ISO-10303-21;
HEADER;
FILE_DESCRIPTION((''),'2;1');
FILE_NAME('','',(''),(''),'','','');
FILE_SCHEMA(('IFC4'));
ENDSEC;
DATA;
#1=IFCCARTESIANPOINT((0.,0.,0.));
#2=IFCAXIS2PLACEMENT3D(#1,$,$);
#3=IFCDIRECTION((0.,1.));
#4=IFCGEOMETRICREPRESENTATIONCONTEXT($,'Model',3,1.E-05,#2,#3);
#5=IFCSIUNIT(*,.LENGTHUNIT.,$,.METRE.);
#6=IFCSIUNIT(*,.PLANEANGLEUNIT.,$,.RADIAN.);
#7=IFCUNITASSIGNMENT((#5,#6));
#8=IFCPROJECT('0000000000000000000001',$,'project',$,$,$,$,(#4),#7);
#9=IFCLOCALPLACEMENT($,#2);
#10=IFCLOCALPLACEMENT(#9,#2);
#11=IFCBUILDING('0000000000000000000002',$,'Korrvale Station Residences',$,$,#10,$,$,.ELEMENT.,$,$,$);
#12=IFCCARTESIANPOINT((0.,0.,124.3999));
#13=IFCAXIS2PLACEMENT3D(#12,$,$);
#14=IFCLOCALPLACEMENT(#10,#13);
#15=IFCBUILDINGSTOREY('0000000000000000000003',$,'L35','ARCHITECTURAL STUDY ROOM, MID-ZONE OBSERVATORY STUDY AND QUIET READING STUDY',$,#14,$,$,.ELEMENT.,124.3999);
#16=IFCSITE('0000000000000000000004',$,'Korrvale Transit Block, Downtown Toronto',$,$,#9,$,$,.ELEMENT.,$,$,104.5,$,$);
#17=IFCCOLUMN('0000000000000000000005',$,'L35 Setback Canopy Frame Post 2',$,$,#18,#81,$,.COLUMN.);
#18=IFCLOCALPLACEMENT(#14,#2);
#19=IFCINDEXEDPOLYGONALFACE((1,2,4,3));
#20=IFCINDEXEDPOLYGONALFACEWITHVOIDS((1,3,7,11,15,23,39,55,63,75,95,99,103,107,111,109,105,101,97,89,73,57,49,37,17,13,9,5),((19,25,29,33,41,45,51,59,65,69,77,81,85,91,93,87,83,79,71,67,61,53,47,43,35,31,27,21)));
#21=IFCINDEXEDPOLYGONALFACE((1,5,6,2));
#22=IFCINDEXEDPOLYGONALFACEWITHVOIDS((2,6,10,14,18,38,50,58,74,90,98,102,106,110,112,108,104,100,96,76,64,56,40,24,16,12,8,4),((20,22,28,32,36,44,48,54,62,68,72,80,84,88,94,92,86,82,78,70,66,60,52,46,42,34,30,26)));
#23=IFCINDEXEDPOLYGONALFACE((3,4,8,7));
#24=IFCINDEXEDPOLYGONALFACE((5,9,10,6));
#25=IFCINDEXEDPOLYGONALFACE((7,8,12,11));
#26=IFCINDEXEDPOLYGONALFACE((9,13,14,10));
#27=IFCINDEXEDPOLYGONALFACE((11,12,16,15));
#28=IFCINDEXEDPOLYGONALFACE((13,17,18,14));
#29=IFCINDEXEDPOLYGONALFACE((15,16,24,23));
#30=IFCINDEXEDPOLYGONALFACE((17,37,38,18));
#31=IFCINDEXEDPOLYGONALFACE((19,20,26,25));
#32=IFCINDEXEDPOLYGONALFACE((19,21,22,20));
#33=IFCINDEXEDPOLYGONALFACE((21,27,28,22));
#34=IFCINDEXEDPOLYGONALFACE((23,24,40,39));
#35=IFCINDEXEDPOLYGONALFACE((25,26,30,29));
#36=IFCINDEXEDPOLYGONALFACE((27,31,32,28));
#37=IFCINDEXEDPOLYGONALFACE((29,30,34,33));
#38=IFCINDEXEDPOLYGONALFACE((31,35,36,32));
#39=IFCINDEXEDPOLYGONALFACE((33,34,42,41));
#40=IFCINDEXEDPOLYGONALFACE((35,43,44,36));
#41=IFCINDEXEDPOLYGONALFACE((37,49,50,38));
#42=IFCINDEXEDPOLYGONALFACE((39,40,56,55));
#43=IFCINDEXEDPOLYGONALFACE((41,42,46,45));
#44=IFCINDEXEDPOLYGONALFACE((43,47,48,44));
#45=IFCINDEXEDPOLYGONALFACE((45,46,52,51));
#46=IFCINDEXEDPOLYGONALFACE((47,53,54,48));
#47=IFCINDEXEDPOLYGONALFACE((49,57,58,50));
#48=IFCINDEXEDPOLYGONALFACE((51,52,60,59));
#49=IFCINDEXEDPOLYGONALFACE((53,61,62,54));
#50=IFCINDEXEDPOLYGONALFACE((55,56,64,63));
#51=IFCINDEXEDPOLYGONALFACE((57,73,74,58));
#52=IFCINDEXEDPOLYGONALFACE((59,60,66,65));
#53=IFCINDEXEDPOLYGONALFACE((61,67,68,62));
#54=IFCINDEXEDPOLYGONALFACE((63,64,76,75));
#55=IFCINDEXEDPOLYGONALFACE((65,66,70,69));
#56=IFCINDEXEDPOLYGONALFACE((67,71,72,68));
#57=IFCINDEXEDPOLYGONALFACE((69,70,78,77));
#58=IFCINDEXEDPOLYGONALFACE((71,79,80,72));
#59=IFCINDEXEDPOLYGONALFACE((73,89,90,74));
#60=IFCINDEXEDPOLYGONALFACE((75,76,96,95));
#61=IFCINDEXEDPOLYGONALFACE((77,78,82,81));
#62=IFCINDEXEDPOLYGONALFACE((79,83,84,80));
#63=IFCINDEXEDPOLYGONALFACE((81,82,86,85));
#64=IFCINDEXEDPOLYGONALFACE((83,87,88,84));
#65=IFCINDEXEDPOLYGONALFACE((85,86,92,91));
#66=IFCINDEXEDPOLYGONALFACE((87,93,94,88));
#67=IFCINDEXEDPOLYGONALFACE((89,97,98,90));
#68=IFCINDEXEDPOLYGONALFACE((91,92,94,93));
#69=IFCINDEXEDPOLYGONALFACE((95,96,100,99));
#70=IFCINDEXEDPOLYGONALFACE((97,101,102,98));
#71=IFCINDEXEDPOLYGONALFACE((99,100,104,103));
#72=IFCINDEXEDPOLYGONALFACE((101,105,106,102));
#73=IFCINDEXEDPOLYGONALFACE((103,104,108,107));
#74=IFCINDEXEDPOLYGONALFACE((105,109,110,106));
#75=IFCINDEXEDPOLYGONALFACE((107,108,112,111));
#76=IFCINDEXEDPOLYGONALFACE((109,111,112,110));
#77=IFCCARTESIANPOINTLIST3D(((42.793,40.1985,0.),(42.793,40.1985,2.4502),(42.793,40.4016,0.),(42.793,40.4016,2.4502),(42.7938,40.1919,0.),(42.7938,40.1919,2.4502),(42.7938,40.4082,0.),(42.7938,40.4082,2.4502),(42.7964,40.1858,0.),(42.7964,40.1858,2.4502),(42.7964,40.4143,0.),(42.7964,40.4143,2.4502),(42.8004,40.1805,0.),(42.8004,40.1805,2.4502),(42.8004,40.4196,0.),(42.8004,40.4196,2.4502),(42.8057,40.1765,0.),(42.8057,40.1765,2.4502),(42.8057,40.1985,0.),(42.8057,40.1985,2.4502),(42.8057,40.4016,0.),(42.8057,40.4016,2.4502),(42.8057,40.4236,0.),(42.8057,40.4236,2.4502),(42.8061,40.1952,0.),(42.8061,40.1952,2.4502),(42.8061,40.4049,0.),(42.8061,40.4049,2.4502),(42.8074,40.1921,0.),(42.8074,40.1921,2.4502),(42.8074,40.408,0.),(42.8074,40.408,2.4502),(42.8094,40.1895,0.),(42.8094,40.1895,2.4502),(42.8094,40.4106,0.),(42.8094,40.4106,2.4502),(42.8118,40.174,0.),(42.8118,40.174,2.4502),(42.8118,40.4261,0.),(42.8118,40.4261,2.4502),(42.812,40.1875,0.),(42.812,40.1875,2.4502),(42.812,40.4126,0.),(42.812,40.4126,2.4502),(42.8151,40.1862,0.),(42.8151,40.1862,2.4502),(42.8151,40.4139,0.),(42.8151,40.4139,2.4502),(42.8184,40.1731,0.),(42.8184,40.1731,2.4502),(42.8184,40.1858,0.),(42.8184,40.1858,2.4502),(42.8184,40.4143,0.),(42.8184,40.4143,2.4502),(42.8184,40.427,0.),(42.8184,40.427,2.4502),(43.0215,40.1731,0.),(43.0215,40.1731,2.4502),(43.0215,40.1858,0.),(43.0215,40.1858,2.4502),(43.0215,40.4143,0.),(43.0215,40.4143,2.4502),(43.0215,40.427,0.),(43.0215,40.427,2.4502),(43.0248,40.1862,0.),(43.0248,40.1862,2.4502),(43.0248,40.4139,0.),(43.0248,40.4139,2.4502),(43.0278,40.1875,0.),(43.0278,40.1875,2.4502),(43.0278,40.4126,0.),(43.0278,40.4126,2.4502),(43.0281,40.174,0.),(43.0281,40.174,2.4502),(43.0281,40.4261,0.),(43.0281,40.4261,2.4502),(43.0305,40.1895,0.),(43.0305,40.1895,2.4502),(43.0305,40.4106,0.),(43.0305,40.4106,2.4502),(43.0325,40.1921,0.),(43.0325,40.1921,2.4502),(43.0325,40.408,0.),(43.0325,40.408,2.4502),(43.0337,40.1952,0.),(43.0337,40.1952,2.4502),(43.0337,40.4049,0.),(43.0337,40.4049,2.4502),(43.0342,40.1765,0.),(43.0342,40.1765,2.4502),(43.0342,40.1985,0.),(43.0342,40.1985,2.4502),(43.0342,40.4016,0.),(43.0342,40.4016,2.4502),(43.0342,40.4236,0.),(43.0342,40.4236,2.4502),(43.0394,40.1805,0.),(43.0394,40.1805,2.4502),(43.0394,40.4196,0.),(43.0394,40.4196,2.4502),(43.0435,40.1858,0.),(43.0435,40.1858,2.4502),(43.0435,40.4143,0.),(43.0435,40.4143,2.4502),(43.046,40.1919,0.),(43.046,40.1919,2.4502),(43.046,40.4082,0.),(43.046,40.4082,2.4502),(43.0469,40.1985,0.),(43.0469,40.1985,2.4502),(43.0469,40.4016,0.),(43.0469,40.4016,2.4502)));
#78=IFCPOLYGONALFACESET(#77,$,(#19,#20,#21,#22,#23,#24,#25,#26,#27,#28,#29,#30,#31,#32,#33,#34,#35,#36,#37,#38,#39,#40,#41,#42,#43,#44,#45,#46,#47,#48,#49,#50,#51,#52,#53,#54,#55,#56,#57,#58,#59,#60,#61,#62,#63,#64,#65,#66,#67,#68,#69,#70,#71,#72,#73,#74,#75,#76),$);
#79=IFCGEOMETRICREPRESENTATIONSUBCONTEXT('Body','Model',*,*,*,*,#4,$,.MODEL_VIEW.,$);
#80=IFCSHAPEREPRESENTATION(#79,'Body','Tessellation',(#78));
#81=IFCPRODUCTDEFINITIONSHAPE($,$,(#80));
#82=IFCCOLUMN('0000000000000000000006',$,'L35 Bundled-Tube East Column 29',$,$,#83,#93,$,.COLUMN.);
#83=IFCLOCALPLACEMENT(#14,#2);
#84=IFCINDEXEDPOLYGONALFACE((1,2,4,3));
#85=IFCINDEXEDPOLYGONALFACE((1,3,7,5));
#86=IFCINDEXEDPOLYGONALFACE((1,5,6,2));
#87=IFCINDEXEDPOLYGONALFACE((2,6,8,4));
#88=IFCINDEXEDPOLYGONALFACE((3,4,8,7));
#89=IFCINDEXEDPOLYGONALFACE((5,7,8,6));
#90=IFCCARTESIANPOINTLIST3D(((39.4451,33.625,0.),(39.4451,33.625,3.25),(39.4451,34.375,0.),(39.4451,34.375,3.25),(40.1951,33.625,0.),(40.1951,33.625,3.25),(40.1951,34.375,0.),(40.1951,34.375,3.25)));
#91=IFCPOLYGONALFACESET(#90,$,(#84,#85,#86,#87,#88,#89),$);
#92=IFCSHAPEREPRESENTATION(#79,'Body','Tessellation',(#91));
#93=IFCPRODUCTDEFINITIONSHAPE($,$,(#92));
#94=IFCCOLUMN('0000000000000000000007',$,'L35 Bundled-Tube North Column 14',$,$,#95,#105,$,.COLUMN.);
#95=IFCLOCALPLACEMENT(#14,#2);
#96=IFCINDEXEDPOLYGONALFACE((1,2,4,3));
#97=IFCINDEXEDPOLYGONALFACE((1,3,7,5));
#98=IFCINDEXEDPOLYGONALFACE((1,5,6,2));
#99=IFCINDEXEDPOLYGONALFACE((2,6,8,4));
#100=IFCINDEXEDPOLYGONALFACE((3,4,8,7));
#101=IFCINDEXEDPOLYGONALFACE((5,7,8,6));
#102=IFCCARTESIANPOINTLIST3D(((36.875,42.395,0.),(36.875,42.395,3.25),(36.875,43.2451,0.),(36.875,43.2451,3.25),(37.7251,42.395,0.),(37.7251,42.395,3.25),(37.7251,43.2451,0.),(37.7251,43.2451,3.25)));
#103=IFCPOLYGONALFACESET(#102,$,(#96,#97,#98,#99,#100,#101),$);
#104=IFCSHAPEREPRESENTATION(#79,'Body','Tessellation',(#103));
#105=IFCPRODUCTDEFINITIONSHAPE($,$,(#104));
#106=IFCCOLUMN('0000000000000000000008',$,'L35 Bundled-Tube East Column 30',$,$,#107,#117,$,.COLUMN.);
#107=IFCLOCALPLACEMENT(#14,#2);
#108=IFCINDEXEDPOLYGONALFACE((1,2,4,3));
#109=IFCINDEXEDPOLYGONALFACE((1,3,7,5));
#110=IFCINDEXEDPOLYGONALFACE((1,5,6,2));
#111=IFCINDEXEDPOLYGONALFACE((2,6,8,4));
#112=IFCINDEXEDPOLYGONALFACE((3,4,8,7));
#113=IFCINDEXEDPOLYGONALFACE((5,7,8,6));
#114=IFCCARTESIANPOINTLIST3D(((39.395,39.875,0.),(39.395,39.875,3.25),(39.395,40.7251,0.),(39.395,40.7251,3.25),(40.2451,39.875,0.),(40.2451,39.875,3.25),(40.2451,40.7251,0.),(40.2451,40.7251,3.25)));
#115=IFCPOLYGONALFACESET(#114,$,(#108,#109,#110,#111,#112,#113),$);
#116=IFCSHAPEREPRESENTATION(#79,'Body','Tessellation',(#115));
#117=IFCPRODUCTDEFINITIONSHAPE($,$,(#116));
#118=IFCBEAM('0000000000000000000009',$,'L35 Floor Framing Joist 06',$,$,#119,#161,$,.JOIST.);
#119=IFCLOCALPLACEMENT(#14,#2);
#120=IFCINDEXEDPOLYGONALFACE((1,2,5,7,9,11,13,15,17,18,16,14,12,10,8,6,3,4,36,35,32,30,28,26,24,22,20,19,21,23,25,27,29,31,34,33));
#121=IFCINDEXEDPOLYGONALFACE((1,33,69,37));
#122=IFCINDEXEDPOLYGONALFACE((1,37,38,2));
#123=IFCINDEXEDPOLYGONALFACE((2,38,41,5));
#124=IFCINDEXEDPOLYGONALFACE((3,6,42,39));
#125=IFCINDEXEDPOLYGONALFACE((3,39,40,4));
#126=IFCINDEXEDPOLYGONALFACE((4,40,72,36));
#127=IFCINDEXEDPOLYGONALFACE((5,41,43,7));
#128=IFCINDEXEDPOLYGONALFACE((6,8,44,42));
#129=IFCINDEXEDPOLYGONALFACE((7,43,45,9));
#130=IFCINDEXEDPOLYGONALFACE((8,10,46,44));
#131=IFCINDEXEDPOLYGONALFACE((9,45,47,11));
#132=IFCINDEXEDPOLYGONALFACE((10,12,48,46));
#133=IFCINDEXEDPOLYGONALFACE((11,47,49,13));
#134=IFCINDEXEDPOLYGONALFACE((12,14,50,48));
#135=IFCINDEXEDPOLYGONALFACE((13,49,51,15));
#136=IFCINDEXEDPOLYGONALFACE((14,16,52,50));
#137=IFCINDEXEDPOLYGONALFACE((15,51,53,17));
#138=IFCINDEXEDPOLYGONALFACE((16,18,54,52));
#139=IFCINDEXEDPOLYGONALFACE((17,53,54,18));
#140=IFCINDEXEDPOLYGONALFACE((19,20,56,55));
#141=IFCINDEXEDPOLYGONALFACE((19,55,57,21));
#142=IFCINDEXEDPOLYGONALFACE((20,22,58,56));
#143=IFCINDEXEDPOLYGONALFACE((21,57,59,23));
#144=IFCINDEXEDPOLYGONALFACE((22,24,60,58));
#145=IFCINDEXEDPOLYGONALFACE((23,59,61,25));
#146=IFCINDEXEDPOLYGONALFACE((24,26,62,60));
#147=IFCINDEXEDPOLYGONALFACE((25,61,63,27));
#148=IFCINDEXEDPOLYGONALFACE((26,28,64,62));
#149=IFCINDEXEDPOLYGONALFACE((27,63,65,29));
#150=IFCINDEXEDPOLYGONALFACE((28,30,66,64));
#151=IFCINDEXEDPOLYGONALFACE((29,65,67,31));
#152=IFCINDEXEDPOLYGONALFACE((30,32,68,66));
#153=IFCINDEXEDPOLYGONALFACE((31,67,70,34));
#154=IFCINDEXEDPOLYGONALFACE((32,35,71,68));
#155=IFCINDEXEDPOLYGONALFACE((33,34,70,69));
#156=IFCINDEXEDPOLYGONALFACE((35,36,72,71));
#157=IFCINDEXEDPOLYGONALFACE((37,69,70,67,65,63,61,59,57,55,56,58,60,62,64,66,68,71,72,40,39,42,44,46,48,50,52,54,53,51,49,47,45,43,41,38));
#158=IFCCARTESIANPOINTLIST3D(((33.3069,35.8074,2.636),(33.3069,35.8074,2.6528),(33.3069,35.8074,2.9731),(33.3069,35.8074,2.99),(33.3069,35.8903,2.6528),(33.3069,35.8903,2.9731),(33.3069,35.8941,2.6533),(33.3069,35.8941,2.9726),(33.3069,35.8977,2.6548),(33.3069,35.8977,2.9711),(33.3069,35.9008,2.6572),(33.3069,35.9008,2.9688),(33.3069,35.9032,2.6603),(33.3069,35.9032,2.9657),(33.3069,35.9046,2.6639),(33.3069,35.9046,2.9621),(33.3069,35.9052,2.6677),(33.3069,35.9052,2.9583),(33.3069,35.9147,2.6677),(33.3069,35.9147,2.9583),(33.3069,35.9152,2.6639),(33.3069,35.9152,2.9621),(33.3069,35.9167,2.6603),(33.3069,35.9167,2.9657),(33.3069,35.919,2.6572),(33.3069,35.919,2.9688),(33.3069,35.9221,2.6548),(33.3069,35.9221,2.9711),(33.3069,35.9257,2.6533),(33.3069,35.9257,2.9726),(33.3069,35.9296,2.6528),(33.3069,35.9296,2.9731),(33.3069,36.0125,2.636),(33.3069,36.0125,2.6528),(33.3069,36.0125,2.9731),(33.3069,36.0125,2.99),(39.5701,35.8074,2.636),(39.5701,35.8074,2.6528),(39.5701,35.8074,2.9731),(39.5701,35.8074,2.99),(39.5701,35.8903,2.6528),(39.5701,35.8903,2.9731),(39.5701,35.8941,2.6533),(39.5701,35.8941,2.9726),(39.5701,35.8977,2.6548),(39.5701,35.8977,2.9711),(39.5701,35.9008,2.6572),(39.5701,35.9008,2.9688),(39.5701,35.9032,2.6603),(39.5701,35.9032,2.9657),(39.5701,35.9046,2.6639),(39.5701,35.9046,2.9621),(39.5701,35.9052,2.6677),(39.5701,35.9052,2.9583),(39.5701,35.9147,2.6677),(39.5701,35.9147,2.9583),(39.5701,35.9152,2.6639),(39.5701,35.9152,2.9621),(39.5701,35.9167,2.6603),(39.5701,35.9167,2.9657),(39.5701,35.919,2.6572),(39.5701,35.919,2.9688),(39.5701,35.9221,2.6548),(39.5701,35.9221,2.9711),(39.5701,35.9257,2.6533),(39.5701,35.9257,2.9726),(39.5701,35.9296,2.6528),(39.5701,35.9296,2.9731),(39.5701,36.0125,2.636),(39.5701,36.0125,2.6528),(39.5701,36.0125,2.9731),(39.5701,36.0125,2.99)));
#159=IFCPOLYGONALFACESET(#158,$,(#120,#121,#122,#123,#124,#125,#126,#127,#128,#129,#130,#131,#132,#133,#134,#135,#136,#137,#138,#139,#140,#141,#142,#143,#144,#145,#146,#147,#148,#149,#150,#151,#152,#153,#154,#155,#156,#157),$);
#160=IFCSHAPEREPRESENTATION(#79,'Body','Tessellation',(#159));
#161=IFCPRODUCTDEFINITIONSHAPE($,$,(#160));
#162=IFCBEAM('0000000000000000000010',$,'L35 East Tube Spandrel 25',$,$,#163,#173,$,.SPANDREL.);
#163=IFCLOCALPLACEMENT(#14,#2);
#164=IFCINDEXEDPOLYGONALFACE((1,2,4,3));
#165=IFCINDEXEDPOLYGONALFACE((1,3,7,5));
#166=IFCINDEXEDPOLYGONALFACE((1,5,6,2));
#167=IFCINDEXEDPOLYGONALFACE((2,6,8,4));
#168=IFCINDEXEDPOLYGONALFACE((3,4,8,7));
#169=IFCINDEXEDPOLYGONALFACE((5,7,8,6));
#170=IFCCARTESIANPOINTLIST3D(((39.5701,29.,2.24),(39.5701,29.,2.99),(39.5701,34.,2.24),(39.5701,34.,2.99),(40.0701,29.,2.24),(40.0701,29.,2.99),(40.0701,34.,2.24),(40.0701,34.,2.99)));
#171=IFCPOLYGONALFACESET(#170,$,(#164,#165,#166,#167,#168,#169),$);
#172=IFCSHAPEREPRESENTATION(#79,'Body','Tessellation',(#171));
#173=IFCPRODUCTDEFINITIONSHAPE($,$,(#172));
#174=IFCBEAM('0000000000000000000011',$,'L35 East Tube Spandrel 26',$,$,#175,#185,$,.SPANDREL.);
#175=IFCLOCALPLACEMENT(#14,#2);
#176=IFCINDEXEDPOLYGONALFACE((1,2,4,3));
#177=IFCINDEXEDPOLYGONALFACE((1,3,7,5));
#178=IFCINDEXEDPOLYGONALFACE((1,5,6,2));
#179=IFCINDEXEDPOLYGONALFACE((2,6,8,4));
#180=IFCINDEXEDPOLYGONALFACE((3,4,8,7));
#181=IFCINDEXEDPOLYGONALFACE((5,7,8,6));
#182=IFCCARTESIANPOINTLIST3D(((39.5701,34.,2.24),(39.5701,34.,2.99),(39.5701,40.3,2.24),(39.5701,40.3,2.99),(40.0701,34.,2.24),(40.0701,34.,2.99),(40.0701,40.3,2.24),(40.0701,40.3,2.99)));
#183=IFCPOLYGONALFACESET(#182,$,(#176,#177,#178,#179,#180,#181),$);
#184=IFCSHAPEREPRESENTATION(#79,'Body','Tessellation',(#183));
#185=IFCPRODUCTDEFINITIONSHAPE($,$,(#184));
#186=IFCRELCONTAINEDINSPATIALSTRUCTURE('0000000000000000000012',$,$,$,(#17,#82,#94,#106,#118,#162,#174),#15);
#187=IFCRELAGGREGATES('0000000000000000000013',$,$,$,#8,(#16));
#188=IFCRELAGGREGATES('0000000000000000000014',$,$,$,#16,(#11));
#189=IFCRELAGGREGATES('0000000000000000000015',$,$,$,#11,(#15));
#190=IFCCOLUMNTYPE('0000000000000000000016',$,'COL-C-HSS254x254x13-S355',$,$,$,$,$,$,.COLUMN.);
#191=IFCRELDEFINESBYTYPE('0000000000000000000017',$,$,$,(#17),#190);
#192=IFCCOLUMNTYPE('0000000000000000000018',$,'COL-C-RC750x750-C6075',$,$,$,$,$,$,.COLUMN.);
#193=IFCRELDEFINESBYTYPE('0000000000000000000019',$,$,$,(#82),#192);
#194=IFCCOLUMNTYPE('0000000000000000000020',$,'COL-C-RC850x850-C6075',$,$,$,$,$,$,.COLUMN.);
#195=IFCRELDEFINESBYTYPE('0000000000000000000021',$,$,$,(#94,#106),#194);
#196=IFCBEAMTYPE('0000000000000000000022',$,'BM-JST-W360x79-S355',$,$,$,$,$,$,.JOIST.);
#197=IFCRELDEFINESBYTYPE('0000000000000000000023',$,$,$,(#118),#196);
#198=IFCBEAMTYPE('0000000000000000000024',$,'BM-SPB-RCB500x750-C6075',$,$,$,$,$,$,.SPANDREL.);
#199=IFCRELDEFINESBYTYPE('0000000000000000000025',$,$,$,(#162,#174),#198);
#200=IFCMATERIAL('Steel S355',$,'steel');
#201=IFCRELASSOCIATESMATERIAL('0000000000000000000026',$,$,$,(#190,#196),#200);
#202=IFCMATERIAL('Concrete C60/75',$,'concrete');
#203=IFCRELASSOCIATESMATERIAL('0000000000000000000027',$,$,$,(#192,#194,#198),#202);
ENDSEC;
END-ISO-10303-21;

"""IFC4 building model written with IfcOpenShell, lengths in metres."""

from ifc_helpers import new_model, si_unit, direction, frame, origin, origin_2d, place, context, subcontext, project, spatial, rectangle, hollow_rectangle, i_section, extrude, material, material_profile, profile_set, type_object, element, save


model = new_model("IFC4")

# Units and contexts
model_context = context("Model", 3, precision=1e-05, world=origin(), true_north=direction((0.0, 1.0)))
body_context = subcontext(model_context, "Body", "Model", "MODEL_VIEW")
ifc_project = project(units=[si_unit("LENGTHUNIT", "METRE"), si_unit("PLANEANGLEUNIT", "RADIAN")], contexts=[model_context])

# Site, building, storey
site_placement = place(None, origin())
site = spatial("IfcSite", under=ifc_project, at=site_placement, Name="Korrvale Transit Block, Downtown Toronto", CompositionType="ELEMENT", RefElevation=104.5)
building_placement = place(site_placement, origin())
building = spatial("IfcBuilding", under=site, at=building_placement, Name="Korrvale Station Residences", CompositionType="ELEMENT")
storey_placement = place(building_placement, frame((0.0, 0.0, 124.3999)))
storey = spatial("IfcBuildingStorey", under=building, at=storey_placement, Name="L35", Description="ARCHITECTURAL STUDY ROOM, MID-ZONE OBSERVATORY STUDY AND QUIET READING STUDY", CompositionType="ELEMENT", Elevation=124.3999)

# Columns
ifc_material_1 = material(Name="Steel S355", Category="steel")
ifc_material_profile_1 = material_profile(ifc_material_1, hollow_rectangle(XDim=0.2539, YDim=0.2539, WallThickness=0.0127, InnerFilletRadius=0.0127, OuterFilletRadius=0.0254, at=origin_2d()), Name="HSS254x254x13")
ifc_profile_set_1 = profile_set([ifc_material_profile_1], Name="Steel S355")
column_type_1 = type_object("IfcColumnType", Name="COL-C-HSS254x254x13-S355", PredefinedType="COLUMN", material=ifc_profile_set_1)
column_1_placement = place(storey_placement, frame((42.9199, 40.3, 0.0), z_axis=(0.0, 0.0, 1.0), x_axis=(1.0, 0.0, 0.0)))
element("IfcColumn", 1, at=column_1_placement, inside=storey, type_object=column_type_1, Name="L35 Setback Canopy Frame Post 2", PredefinedType="COLUMN", context=body_context, shape_type="SweptSolid", body=[
    extrude(hollow_rectangle(XDim=0.2539, YDim=0.2539, WallThickness=0.0127, InnerFilletRadius=0.0127, OuterFilletRadius=0.0254, at=origin_2d()), origin(), (0.0, 0.0, 1.0), 2.4502),
])
ifc_material_2 = material(Name="Concrete C60/75", Category="concrete")
ifc_material_profile_2 = material_profile(ifc_material_2, rectangle(XDim=0.75, YDim=0.75, at=origin_2d()), Name="RC750x750")
ifc_profile_set_2 = profile_set([ifc_material_profile_2], Name="Concrete C60/75")
column_type_2 = type_object("IfcColumnType", Name="COL-C-RC750x750-C6075", PredefinedType="COLUMN", material=ifc_profile_set_2)
column_2_placement = place(storey_placement, frame((39.8201, 34.0, 0.0), z_axis=(0.0, 0.0, 1.0), x_axis=(1.0, 0.0, 0.0)))
element("IfcColumn", 2, at=column_2_placement, inside=storey, type_object=column_type_2, Name="L35 Bundled-Tube East Column 29", PredefinedType="COLUMN", context=body_context, shape_type="SweptSolid", body=[
    extrude(rectangle(XDim=0.75, YDim=0.75, at=origin_2d()), origin(), (0.0, 0.0, 1.0), 3.25),
])
ifc_material_profile_3 = material_profile(ifc_material_2, rectangle(XDim=0.8501, YDim=0.8501, at=origin_2d()), Name="RC850x850")
ifc_profile_set_3 = profile_set([ifc_material_profile_3], Name="Concrete C60/75")
column_type_3 = type_object("IfcColumnType", Name="COL-C-RC850x850-C6075", PredefinedType="COLUMN", material=ifc_profile_set_3)
for number, where, z_axis, x_axis, name in (
    (3, (37.3, 42.8201, 0.0), (0.0, 0.0, 1.0), (1.0, 0.0, 0.0), "L35 Bundled-Tube North Column 14"),
    (4, (39.8201, 40.3, 0.0), (0.0, 0.0, 1.0), (1.0, 0.0, 0.0), "L35 Bundled-Tube East Column 30"),
):
    element("IfcColumn", number, at=place(storey_placement, frame(where, z_axis=z_axis, x_axis=x_axis)), inside=storey, type_object=column_type_3, Name=name, PredefinedType="COLUMN", context=body_context, shape_type="SweptSolid", body=[
        extrude(rectangle(XDim=0.8501, YDim=0.8501, at=origin_2d()), origin(), (0.0, 0.0, 1.0), 3.25),
    ])

# Beams
ifc_material_profile_4 = material_profile(ifc_material_1, i_section(OverallWidth=0.2051, OverallDepth=0.354, WebThickness=0.0095, FlangeThickness=0.0168, FilletRadius=0.0149, at=origin_2d()), Name="W360x79")
ifc_profile_set_4 = profile_set([ifc_material_profile_4], Name="Steel S355")
beam_type_1 = type_object("IfcBeamType", Name="BM-JST-W360x79-S355", PredefinedType="JOIST", material=ifc_profile_set_4)
beam_1_placement = place(storey_placement, frame((33.3069, 35.9099, 2.813), z_axis=(1.0, 0.0, 0.0), x_axis=(0.0, 1.0, 0.0)))
element("IfcBeam", 5, at=beam_1_placement, inside=storey, type_object=beam_type_1, Name="L35 Floor Framing Joist 06", PredefinedType="JOIST", context=body_context, shape_type="SweptSolid", body=[
    extrude(i_section(OverallWidth=0.2051, OverallDepth=0.354, WebThickness=0.0095, FlangeThickness=0.0168, FilletRadius=0.0149, at=origin_2d()), origin(), (0.0, 0.0, 1.0), 6.2632),
])
ifc_material_profile_5 = material_profile(ifc_material_2, rectangle(XDim=0.5, YDim=0.75, at=origin_2d()), Name="RCB500x750")
ifc_profile_set_5 = profile_set([ifc_material_profile_5], Name="Concrete C60/75")
beam_type_2 = type_object("IfcBeamType", Name="BM-SPB-RCB500x750-C6075", PredefinedType="SPANDREL", material=ifc_profile_set_5)
beam_2_placement = place(storey_placement, frame((39.8201, 29.0, 2.615), z_axis=(0.0, 1.0, 0.0), x_axis=(-1.0, 0.0, 0.0)))
element("IfcBeam", 6, at=beam_2_placement, inside=storey, type_object=beam_type_2, Name="L35 East Tube Spandrel 25", PredefinedType="SPANDREL", context=body_context, shape_type="SweptSolid", body=[
    extrude(rectangle(XDim=0.5, YDim=0.75, at=origin_2d()), origin(), (0.0, 0.0, 1.0), 5.0),
])
beam_3_placement = place(storey_placement, frame((39.8201, 34.0, 2.615), z_axis=(0.0, 1.0, 0.0), x_axis=(-1.0, 0.0, 0.0)))
element("IfcBeam", 7, at=beam_3_placement, inside=storey, type_object=beam_type_2, Name="L35 East Tube Spandrel 26", PredefinedType="SPANDREL", context=body_context, shape_type="SweptSolid", body=[
    extrude(rectangle(XDim=0.5, YDim=0.75, at=origin_2d()), origin(), (0.0, 0.0, 1.0), 6.3),
])

save(model, "model.ifc")
